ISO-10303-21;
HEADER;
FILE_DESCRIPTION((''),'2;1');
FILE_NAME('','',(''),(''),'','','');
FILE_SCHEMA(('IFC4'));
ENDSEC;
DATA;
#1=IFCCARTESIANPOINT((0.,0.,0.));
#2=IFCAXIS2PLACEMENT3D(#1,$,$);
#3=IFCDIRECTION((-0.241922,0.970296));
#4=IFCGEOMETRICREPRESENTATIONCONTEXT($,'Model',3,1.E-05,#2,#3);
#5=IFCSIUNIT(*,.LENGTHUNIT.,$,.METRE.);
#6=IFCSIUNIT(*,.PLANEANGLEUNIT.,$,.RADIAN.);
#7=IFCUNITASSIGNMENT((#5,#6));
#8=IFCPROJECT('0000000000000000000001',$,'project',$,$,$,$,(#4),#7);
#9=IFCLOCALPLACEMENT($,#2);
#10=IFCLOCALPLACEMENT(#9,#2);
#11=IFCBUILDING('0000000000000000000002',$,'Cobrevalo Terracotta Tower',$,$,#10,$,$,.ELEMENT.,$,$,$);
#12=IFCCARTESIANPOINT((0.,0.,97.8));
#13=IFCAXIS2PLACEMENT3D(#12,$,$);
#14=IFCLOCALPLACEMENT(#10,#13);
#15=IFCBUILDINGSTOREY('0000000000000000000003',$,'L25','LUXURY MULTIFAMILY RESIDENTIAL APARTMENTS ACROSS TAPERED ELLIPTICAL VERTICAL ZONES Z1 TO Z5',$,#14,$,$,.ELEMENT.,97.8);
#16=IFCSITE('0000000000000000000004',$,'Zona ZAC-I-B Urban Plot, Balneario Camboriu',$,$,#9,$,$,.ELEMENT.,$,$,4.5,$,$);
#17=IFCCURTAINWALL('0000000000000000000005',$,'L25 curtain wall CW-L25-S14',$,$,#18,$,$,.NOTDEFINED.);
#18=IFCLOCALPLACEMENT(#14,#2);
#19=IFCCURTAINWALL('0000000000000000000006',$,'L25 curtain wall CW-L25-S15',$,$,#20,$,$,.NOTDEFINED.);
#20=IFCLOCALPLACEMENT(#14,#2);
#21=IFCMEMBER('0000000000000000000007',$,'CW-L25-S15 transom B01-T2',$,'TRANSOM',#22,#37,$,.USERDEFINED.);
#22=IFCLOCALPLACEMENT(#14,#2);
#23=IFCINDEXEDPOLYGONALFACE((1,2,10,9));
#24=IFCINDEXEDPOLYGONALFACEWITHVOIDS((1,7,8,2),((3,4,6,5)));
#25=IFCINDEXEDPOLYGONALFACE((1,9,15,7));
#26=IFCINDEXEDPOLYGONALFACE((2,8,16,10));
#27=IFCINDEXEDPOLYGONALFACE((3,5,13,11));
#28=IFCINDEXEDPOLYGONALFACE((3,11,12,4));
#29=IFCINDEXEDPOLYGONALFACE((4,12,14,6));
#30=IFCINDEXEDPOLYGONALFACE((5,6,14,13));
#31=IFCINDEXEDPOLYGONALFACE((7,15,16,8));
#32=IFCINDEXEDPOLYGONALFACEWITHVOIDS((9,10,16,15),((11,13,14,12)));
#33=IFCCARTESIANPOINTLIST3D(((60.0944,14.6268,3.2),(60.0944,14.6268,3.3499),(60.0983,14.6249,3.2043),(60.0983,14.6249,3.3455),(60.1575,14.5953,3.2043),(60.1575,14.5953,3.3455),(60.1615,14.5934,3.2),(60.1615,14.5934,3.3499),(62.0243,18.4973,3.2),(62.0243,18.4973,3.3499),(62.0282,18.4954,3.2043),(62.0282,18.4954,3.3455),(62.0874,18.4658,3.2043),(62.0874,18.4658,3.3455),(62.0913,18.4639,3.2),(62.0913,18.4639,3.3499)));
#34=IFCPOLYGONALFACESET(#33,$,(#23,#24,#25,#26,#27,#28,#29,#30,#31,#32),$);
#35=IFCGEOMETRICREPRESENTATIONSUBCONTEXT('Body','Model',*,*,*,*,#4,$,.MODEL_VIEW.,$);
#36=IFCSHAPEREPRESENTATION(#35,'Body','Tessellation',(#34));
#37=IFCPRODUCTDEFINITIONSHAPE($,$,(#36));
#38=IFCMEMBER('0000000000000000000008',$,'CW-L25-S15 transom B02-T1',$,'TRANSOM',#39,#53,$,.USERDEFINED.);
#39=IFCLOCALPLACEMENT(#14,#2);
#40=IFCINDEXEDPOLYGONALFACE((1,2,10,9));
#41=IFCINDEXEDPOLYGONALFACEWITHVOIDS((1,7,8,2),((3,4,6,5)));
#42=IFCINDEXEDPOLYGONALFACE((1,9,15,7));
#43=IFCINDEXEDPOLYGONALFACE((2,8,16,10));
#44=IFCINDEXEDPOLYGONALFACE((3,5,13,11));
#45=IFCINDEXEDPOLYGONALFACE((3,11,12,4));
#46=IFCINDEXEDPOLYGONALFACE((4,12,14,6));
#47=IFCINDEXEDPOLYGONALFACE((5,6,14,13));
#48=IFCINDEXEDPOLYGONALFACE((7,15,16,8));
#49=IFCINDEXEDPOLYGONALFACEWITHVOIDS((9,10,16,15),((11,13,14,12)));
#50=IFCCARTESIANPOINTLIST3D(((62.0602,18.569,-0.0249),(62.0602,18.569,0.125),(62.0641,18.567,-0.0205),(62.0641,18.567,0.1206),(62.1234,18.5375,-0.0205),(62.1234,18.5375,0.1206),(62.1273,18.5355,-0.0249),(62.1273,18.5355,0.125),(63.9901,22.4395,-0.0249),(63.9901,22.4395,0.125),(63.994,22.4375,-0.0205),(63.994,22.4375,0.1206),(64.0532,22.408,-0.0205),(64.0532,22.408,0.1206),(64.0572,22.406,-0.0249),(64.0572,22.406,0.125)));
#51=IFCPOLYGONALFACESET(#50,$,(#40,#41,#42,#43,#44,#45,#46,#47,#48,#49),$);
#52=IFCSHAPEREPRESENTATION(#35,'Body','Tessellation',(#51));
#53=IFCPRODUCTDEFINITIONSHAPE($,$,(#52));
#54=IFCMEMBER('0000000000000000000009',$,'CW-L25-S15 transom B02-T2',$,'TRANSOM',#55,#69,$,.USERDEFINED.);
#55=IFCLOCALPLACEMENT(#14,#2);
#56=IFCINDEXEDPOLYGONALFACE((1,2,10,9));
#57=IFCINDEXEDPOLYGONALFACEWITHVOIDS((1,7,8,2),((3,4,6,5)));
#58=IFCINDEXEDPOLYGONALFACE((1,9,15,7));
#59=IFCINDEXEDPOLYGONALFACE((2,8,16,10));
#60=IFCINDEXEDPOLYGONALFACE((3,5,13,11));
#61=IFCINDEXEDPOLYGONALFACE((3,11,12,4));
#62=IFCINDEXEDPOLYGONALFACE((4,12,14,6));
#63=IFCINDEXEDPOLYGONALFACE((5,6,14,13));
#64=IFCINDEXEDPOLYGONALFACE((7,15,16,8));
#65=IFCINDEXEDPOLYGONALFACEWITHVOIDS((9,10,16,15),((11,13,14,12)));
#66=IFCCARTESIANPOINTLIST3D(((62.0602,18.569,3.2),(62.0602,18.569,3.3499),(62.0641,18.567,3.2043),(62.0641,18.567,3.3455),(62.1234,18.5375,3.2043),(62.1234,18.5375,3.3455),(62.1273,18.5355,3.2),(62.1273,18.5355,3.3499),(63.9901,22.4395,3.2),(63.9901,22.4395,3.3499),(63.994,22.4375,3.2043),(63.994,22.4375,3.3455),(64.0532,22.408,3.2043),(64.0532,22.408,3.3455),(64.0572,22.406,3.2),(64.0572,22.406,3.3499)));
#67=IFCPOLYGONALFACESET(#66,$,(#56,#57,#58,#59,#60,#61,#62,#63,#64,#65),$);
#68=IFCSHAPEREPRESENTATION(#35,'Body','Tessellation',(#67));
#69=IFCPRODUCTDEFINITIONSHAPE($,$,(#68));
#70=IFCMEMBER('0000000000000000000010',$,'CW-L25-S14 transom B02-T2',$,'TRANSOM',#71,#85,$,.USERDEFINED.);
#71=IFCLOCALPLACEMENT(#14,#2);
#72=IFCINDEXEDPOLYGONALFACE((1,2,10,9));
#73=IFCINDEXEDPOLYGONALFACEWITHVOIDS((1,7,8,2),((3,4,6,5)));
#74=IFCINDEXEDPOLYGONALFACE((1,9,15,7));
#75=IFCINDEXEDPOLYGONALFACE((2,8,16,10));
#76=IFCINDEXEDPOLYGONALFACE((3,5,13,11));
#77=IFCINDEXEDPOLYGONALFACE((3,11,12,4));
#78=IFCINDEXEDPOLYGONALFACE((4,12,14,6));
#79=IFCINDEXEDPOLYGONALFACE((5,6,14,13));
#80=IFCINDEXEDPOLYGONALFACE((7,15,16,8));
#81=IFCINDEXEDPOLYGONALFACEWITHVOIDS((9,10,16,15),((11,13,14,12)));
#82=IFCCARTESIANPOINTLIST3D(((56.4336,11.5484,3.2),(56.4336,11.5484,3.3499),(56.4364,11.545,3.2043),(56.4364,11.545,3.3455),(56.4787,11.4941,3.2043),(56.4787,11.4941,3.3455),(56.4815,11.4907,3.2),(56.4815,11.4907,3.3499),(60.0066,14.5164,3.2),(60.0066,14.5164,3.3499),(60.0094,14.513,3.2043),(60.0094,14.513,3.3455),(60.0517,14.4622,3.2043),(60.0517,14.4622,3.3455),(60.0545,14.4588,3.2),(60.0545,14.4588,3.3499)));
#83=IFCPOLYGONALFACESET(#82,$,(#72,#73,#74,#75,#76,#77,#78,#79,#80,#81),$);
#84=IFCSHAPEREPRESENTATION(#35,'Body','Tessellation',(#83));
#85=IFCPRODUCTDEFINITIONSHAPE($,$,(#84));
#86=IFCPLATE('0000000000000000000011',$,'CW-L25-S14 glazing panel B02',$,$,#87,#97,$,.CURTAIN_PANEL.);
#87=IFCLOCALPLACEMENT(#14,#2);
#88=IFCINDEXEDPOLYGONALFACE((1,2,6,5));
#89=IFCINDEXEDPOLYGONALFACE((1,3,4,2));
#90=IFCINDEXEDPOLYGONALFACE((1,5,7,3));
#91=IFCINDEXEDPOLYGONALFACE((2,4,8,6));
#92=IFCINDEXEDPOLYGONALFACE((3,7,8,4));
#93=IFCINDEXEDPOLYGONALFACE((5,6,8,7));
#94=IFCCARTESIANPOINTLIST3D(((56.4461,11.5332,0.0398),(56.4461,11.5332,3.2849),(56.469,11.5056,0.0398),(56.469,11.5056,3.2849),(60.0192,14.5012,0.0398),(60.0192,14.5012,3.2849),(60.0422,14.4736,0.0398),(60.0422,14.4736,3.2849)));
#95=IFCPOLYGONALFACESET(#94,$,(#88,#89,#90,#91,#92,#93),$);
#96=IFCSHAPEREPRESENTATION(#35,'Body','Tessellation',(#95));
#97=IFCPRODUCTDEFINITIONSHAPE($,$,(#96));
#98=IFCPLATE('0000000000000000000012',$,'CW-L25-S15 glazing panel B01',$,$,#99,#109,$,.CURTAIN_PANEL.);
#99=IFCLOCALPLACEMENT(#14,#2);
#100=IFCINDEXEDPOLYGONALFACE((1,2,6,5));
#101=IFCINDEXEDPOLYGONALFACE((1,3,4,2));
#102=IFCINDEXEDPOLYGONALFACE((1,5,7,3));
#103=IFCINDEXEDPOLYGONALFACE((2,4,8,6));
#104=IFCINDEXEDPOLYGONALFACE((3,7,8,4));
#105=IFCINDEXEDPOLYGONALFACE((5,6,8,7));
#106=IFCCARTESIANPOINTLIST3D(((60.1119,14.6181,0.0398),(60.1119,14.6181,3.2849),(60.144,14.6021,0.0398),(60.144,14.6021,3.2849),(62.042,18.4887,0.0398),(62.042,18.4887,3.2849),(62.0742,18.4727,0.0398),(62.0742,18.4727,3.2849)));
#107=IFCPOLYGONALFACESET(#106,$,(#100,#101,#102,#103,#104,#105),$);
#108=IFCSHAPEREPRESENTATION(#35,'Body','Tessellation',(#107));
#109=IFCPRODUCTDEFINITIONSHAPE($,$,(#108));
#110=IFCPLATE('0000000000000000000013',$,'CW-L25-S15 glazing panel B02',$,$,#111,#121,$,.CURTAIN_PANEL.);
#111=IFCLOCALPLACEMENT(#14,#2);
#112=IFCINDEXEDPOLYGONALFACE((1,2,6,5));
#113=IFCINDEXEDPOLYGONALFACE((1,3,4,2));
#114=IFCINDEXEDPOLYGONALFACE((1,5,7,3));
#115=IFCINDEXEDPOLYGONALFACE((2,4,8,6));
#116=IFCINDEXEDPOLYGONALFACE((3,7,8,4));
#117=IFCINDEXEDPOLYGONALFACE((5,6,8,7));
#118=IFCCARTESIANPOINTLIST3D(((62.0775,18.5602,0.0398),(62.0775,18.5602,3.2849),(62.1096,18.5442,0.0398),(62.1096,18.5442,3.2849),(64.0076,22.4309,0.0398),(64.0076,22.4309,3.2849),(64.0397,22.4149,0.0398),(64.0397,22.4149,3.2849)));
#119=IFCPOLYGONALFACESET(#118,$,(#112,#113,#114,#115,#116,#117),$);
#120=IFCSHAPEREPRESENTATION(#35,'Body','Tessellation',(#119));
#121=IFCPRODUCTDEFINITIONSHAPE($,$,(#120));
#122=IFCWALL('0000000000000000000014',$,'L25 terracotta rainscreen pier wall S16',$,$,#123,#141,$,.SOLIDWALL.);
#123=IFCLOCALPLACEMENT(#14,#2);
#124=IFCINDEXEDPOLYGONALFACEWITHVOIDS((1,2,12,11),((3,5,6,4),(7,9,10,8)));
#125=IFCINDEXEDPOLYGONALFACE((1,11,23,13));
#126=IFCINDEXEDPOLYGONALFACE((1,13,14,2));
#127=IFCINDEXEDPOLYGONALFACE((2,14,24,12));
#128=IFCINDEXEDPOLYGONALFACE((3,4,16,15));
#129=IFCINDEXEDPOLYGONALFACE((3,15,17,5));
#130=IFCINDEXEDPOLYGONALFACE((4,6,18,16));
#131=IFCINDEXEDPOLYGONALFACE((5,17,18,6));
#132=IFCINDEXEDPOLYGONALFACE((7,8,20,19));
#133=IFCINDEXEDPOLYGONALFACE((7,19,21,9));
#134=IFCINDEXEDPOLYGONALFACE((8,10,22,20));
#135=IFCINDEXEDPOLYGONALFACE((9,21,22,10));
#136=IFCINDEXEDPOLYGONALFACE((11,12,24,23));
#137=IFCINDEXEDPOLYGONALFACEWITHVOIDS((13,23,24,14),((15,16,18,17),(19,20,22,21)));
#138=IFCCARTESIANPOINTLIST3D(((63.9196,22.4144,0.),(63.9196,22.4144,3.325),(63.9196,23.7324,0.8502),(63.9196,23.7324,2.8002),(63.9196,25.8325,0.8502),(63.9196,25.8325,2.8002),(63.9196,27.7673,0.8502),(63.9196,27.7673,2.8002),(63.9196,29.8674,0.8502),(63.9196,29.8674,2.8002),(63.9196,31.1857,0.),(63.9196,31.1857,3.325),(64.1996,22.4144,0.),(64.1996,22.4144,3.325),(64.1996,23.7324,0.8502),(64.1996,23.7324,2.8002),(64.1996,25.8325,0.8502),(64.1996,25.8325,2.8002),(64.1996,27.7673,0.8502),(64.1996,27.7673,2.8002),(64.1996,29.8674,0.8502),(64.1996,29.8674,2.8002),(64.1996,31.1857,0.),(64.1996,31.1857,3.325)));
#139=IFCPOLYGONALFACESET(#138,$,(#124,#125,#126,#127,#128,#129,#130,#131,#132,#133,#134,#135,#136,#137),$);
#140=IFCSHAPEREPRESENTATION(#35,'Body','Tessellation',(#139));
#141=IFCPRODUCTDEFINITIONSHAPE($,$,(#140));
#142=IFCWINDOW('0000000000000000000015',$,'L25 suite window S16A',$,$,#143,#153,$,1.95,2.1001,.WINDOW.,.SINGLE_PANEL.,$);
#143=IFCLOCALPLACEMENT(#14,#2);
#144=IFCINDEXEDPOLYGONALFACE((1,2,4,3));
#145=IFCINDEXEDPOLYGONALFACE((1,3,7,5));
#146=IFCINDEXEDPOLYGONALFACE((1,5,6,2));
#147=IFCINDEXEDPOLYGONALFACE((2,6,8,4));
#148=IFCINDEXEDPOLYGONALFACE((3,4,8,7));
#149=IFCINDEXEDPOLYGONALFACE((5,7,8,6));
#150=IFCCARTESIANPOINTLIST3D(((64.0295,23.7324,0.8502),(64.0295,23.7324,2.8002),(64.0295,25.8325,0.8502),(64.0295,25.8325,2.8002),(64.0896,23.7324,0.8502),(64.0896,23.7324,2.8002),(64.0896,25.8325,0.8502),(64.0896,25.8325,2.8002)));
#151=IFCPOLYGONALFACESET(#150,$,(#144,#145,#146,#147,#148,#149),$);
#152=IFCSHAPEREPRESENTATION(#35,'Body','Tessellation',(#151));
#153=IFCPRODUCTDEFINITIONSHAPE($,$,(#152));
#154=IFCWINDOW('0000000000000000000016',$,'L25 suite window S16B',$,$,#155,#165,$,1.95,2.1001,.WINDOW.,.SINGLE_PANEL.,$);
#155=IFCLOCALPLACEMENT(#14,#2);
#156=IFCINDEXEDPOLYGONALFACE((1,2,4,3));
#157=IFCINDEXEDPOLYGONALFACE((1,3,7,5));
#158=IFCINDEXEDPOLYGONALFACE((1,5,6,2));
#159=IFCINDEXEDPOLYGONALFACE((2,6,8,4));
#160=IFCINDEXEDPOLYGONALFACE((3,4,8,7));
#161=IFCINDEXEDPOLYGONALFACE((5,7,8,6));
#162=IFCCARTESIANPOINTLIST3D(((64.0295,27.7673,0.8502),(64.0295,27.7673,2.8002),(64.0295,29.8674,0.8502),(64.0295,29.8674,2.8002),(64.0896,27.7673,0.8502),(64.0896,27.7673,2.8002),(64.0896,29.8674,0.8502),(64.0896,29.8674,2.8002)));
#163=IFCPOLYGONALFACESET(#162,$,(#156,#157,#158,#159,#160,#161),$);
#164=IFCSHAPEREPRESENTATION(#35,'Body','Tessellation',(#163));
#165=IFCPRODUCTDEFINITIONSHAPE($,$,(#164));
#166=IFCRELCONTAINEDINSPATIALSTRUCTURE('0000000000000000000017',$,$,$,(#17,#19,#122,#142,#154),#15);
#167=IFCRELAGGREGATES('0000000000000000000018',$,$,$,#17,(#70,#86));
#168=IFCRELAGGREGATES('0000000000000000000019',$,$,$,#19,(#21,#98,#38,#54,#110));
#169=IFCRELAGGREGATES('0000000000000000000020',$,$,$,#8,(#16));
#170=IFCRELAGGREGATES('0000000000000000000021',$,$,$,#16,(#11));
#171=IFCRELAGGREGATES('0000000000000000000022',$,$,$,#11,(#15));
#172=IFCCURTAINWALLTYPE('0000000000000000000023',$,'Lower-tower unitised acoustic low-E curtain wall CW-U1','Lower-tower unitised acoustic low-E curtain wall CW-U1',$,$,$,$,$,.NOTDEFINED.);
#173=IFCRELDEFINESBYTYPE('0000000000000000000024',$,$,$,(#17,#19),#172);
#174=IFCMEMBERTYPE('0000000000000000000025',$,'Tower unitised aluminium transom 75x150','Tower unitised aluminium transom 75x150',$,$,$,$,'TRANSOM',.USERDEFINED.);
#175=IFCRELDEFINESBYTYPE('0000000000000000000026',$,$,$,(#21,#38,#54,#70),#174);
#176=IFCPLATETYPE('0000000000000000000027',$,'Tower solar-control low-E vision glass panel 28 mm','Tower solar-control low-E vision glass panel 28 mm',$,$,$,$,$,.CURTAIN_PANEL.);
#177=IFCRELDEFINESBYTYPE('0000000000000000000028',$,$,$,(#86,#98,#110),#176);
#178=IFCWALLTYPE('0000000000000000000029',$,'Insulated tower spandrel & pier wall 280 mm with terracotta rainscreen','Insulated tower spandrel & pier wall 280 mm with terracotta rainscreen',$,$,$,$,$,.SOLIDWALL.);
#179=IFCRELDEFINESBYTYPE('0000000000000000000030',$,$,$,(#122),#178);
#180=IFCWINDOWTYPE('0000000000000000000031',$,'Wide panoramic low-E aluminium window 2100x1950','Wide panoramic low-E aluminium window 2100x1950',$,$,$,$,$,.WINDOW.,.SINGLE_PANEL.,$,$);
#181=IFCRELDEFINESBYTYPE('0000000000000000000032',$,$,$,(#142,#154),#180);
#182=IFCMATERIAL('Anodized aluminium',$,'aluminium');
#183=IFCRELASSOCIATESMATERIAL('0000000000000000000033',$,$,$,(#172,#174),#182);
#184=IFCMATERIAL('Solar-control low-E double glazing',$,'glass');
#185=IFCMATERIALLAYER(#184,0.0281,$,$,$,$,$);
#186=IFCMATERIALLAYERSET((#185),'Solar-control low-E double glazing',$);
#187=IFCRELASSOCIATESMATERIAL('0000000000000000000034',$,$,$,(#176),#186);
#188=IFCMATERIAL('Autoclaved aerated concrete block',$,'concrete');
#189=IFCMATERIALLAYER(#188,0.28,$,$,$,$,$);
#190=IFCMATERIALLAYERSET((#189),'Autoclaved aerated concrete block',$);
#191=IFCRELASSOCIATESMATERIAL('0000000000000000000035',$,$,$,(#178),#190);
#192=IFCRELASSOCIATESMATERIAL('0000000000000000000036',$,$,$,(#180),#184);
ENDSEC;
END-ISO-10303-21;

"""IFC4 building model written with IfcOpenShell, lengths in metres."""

from ifc_helpers import new_model, si_unit, direction, frame, frame_2d, origin, origin_2d, place, context, subcontext, project, spatial, rectangle, hollow_rectangle, extrude, source, transform, mapped, material, layer, layer_set, material_profile, profile_set, type_object, element, fill, aggregate, save


model = new_model("IFC4")

# Units and contexts
model_context = context("Model", 3, precision=1e-05, world=origin(), true_north=direction((-0.241922, 0.970296)))
body_context = subcontext(model_context, "Body", "Model", "MODEL_VIEW")
ifc_project = project(units=[si_unit("LENGTHUNIT", "METRE"), si_unit("PLANEANGLEUNIT", "RADIAN")], contexts=[model_context])

# Site, building, storey
site_placement = place(None, origin())
site = spatial("IfcSite", under=ifc_project, at=site_placement, Name="Zona ZAC-I-B Urban Plot, Balneario Camboriu", CompositionType="ELEMENT", RefElevation=4.5)
building_placement = place(site_placement, origin())
building = spatial("IfcBuilding", under=site, at=building_placement, Name="Cobrevalo Terracotta Tower", CompositionType="ELEMENT")
storey_placement = place(building_placement, frame((0.0, 0.0, 97.8)))
storey = spatial("IfcBuildingStorey", under=building, at=storey_placement, Name="L25", Description="LUXURY MULTIFAMILY RESIDENTIAL APARTMENTS ACROSS TAPERED ELLIPTICAL VERTICAL ZONES Z1 TO Z5", CompositionType="ELEMENT", Elevation=97.8)

# Curtain wall
ifc_material_1 = material(Name="Anodized aluminium", Category="aluminium")
curtain_wall_type = type_object("IfcCurtainWallType", Name="Lower-tower unitised acoustic low-E curtain wall CW-U1", Description="Lower-tower unitised acoustic low-E curtain wall CW-U1", PredefinedType="NOTDEFINED", material=ifc_material_1)
curtain_wall_1_placement = place(storey_placement, origin())
curtain_wall_1 = element("IfcCurtainWall", 1, at=curtain_wall_1_placement, inside=storey, type_object=curtain_wall_type, Name="L25 curtain wall CW-L25-S14", PredefinedType="NOTDEFINED")

# Curtain wall, members
curtain_wall_2_placement = place(storey_placement, origin())
curtain_wall_2 = element("IfcCurtainWall", 2, at=curtain_wall_2_placement, inside=storey, type_object=curtain_wall_type, Name="L25 curtain wall CW-L25-S15", PredefinedType="NOTDEFINED")
ifc_material_profile_1 = material_profile(ifc_material_1, hollow_rectangle(XDim=0.075, YDim=0.1499, WallThickness=0.0044, at=origin_2d()), Name="CWT 75x150")
ifc_profile_set_1 = profile_set([ifc_material_profile_1], Name="Anodized aluminium")
member_type_1 = type_object("IfcMemberType", Name="Tower unitised aluminium transom 75x150", Description="Tower unitised aluminium transom 75x150", ElementType="TRANSOM", PredefinedType="USERDEFINED", material=ifc_profile_set_1)
shared_shape_1 = source(origin(), body_context, "Body", "SweptSolid", [
    extrude(hollow_rectangle(XDim=0.075, YDim=0.1499, WallThickness=0.0044, at=origin_2d()), origin(), (0.0, 0.0, 1.0), 4.325),
])
member_1_placement = place(storey_placement, frame((60.1279, 14.6101, 3.2749), z_axis=(0.44622, 0.894923, 0.0), x_axis=(-0.894923, 0.44622, 0.0)))
member_1 = element("IfcMember", 3, at=member_1_placement, type_object=member_type_1, Name="CW-L25-S15 transom B01-T2", ObjectType="TRANSOM", PredefinedType="USERDEFINED", context=body_context, shape_type="MappedRepresentation", body=[
    mapped(shared_shape_1, transform((0.0, 0.0, 0.0), scale=1.0)),
])
member_2_placement = place(storey_placement, frame((62.0938, 18.5522, 0.05), z_axis=(0.44622, 0.894923, 0.0), x_axis=(-0.894923, 0.44622, 0.0)))
member_2 = element("IfcMember", 4, at=member_2_placement, type_object=member_type_1, Name="CW-L25-S15 transom B02-T1", ObjectType="TRANSOM", PredefinedType="USERDEFINED", context=body_context, shape_type="MappedRepresentation", body=[
    mapped(shared_shape_1, transform((0.0, 0.0, 0.0), scale=1.0)),
])
member_3_placement = place(storey_placement, frame((62.0938, 18.5522, 3.2749), z_axis=(0.44622, 0.894923, 0.0), x_axis=(-0.894923, 0.44622, 0.0)))
member_3 = element("IfcMember", 5, at=member_3_placement, type_object=member_type_1, Name="CW-L25-S15 transom B02-T2", ObjectType="TRANSOM", PredefinedType="USERDEFINED", context=body_context, shape_type="MappedRepresentation", body=[
    mapped(shared_shape_1, transform((0.0, 0.0, 0.0), scale=1.0)),
])

# Member
shared_shape_2 = source(origin(), body_context, "Body", "SweptSolid", [
    extrude(hollow_rectangle(XDim=0.075, YDim=0.1499, WallThickness=0.0044, at=origin_2d()), origin(), (0.0, 0.0, 1.0), 4.645),
])
member_4_placement = place(storey_placement, frame((56.4575, 11.5195, 3.2749), z_axis=(0.769224, 0.638979, 0.0), x_axis=(-0.638979, 0.769224, 0.0)))
member_4 = element("IfcMember", 6, at=member_4_placement, type_object=member_type_1, Name="CW-L25-S14 transom B02-T2", ObjectType="TRANSOM", PredefinedType="USERDEFINED", context=body_context, shape_type="MappedRepresentation", body=[
    mapped(shared_shape_2, transform((0.0, 0.0, 0.0), scale=1.0)),
])

# Plates
ifc_material_2 = material(Name="Solar-control low-E double glazing", Category="glass")
ifc_layer_1 = layer(ifc_material_2, 0.0281)
ifc_layer_set_1 = layer_set([ifc_layer_1], Name="Solar-control low-E double glazing")
plate_type = type_object("IfcPlateType", Name="Tower solar-control low-E vision glass panel 28 mm", Description="Tower solar-control low-E vision glass panel 28 mm", PredefinedType="CURTAIN_PANEL", material=ifc_layer_set_1)
shared_shape_3 = source(origin(), body_context, "Body", "SweptSolid", [
    extrude(rectangle(XDim=4.645, YDim=0.0359, at=origin_2d()), origin(), (0.0, 0.0, 1.0), 3.2451),
])
plate_1_placement = place(storey_placement, frame((58.2441, 13.0034, 0.0398), z_axis=(0.0, 0.0, 1.0), x_axis=(0.769241, 0.638958, 0.0)))
plate_1 = element("IfcPlate", 7, at=plate_1_placement, type_object=plate_type, Name="CW-L25-S14 glazing panel B02", PredefinedType="CURTAIN_PANEL", context=body_context, shape_type="MappedRepresentation", body=[
    mapped(shared_shape_3, transform((0.0, 0.0, 0.0), scale=1.0)),
])
aggregate(curtain_wall_1, [member_4, plate_1])
shared_shape_4 = source(origin(), body_context, "Body", "SweptSolid", [
    extrude(rectangle(XDim=4.3252, YDim=0.0359, at=origin_2d()), origin(), (0.0, 0.0, 1.0), 3.2451),
])
plate_2_placement = place(storey_placement, frame((61.093, 16.5454, 0.0398), z_axis=(0.0, 0.0, 1.0), x_axis=(0.446262, 0.894902, 0.0)))
plate_2 = element("IfcPlate", 8, at=plate_2_placement, type_object=plate_type, Name="CW-L25-S15 glazing panel B01", PredefinedType="CURTAIN_PANEL", context=body_context, shape_type="MappedRepresentation", body=[
    mapped(shared_shape_4, transform((0.0, 0.0, 0.0), scale=1.0)),
])
plate_3_placement = place(storey_placement, frame((63.0586, 20.4875, 0.0398), z_axis=(0.0, 0.0, 1.0), x_axis=(0.446262, 0.894902, 0.0)))
plate_3 = element("IfcPlate", 9, at=plate_3_placement, type_object=plate_type, Name="CW-L25-S15 glazing panel B02", PredefinedType="CURTAIN_PANEL", context=body_context, shape_type="MappedRepresentation", body=[
    mapped(shared_shape_4, transform((0.0, 0.0, 0.0), scale=1.0)),
])
aggregate(curtain_wall_2, [member_1, plate_2, member_2, member_3, plate_3])

# Wall, openings, windows
ifc_material_3 = material(Name="Autoclaved aerated concrete block", Category="concrete")
ifc_layer_2 = layer(ifc_material_3, 0.28)
ifc_layer_set_2 = layer_set([ifc_layer_2], Name="Autoclaved aerated concrete block")
wall_type = type_object("IfcWallType", Name="Insulated tower spandrel & pier wall 280 mm with terracotta rainscreen", Description="Insulated tower spandrel & pier wall 280 mm with terracotta rainscreen", PredefinedType="SOLIDWALL", material=ifc_layer_set_2)
wall_placement = place(storey_placement, frame((64.0596, 22.4143, 0.0), z_axis=(0.0, 0.0, 1.0), x_axis=(0.0, 1.0, 0.0)))
wall = element("IfcWall", 10, at=wall_placement, inside=storey, type_object=wall_type, Name="L25 terracotta rainscreen pier wall S16", PredefinedType="SOLIDWALL", context=body_context, shape_type="SweptSolid", body=[
    extrude(rectangle(XDim=8.7712, YDim=0.28, at=frame_2d((4.3857, 0.0))), origin(), (0.0, 0.0, 1.0), 3.325),
])
opening_1_placement = place(wall_placement, frame((1.3181, 0.0, 0.8501)))
opening_1 = element("IfcOpeningElement", 11, at=opening_1_placement, cuts=wall, PredefinedType="OPENING", context=body_context, shape_type="SweptSolid", body=[
    extrude(rectangle(XDim=2.1001, YDim=1.95, at=frame_2d((1.05, 0.9751))), frame((0.0, 0.1499, 0.0), z_axis=(0.0, -1.0, 0.0), x_axis=(1.0, 0.0, 0.0)), (0.0, 0.0, 1.0), 0.3),
])
opening_2_placement = place(wall_placement, frame((5.353, 0.0, 0.8501)))
opening_2 = element("IfcOpeningElement", 12, at=opening_2_placement, cuts=wall, PredefinedType="OPENING", context=body_context, shape_type="SweptSolid", body=[
    extrude(rectangle(XDim=2.1001, YDim=1.95, at=frame_2d((1.05, 0.9751))), frame((0.0, 0.1499, 0.0), z_axis=(0.0, -1.0, 0.0), x_axis=(1.0, 0.0, 0.0)), (0.0, 0.0, 1.0), 0.3),
])
window_type = type_object("IfcWindowType", Name="Wide panoramic low-E aluminium window 2100x1950", Description="Wide panoramic low-E aluminium window 2100x1950", PartitioningType="SINGLE_PANEL", PredefinedType="WINDOW", material=ifc_material_2)
shared_shape_5 = source(origin(), body_context, "Body", "SweptSolid", [
    extrude(rectangle(XDim=2.1001, YDim=1.95, at=frame_2d((1.05, 0.9751))), frame((0.0, 0.03, 0.0), z_axis=(0.0, -1.0, 0.0), x_axis=(1.0, 0.0, 0.0)), (0.0, 0.0, 1.0), 0.0601),
])
window_1_placement = place(opening_1_placement, origin())
window_1 = element("IfcWindow", 13, at=window_1_placement, inside=storey, type_object=window_type, Name="L25 suite window S16A", OverallHeight=1.95, OverallWidth=2.1001, PartitioningType="SINGLE_PANEL", PredefinedType="WINDOW", context=body_context, shape_type="MappedRepresentation", body=[
    mapped(shared_shape_5, transform((0.0, 0.0, 0.0), scale=1.0)),
])
fill(opening_1, window_1)
window_2_placement = place(opening_2_placement, origin())
window_2 = element("IfcWindow", 14, at=window_2_placement, inside=storey, type_object=window_type, Name="L25 suite window S16B", OverallHeight=1.95, OverallWidth=2.1001, PartitioningType="SINGLE_PANEL", PredefinedType="WINDOW", context=body_context, shape_type="MappedRepresentation", body=[
    mapped(shared_shape_5, transform((0.0, 0.0, 0.0), scale=1.0)),
])
fill(opening_2, window_2)

save(model, "model.ifc")
